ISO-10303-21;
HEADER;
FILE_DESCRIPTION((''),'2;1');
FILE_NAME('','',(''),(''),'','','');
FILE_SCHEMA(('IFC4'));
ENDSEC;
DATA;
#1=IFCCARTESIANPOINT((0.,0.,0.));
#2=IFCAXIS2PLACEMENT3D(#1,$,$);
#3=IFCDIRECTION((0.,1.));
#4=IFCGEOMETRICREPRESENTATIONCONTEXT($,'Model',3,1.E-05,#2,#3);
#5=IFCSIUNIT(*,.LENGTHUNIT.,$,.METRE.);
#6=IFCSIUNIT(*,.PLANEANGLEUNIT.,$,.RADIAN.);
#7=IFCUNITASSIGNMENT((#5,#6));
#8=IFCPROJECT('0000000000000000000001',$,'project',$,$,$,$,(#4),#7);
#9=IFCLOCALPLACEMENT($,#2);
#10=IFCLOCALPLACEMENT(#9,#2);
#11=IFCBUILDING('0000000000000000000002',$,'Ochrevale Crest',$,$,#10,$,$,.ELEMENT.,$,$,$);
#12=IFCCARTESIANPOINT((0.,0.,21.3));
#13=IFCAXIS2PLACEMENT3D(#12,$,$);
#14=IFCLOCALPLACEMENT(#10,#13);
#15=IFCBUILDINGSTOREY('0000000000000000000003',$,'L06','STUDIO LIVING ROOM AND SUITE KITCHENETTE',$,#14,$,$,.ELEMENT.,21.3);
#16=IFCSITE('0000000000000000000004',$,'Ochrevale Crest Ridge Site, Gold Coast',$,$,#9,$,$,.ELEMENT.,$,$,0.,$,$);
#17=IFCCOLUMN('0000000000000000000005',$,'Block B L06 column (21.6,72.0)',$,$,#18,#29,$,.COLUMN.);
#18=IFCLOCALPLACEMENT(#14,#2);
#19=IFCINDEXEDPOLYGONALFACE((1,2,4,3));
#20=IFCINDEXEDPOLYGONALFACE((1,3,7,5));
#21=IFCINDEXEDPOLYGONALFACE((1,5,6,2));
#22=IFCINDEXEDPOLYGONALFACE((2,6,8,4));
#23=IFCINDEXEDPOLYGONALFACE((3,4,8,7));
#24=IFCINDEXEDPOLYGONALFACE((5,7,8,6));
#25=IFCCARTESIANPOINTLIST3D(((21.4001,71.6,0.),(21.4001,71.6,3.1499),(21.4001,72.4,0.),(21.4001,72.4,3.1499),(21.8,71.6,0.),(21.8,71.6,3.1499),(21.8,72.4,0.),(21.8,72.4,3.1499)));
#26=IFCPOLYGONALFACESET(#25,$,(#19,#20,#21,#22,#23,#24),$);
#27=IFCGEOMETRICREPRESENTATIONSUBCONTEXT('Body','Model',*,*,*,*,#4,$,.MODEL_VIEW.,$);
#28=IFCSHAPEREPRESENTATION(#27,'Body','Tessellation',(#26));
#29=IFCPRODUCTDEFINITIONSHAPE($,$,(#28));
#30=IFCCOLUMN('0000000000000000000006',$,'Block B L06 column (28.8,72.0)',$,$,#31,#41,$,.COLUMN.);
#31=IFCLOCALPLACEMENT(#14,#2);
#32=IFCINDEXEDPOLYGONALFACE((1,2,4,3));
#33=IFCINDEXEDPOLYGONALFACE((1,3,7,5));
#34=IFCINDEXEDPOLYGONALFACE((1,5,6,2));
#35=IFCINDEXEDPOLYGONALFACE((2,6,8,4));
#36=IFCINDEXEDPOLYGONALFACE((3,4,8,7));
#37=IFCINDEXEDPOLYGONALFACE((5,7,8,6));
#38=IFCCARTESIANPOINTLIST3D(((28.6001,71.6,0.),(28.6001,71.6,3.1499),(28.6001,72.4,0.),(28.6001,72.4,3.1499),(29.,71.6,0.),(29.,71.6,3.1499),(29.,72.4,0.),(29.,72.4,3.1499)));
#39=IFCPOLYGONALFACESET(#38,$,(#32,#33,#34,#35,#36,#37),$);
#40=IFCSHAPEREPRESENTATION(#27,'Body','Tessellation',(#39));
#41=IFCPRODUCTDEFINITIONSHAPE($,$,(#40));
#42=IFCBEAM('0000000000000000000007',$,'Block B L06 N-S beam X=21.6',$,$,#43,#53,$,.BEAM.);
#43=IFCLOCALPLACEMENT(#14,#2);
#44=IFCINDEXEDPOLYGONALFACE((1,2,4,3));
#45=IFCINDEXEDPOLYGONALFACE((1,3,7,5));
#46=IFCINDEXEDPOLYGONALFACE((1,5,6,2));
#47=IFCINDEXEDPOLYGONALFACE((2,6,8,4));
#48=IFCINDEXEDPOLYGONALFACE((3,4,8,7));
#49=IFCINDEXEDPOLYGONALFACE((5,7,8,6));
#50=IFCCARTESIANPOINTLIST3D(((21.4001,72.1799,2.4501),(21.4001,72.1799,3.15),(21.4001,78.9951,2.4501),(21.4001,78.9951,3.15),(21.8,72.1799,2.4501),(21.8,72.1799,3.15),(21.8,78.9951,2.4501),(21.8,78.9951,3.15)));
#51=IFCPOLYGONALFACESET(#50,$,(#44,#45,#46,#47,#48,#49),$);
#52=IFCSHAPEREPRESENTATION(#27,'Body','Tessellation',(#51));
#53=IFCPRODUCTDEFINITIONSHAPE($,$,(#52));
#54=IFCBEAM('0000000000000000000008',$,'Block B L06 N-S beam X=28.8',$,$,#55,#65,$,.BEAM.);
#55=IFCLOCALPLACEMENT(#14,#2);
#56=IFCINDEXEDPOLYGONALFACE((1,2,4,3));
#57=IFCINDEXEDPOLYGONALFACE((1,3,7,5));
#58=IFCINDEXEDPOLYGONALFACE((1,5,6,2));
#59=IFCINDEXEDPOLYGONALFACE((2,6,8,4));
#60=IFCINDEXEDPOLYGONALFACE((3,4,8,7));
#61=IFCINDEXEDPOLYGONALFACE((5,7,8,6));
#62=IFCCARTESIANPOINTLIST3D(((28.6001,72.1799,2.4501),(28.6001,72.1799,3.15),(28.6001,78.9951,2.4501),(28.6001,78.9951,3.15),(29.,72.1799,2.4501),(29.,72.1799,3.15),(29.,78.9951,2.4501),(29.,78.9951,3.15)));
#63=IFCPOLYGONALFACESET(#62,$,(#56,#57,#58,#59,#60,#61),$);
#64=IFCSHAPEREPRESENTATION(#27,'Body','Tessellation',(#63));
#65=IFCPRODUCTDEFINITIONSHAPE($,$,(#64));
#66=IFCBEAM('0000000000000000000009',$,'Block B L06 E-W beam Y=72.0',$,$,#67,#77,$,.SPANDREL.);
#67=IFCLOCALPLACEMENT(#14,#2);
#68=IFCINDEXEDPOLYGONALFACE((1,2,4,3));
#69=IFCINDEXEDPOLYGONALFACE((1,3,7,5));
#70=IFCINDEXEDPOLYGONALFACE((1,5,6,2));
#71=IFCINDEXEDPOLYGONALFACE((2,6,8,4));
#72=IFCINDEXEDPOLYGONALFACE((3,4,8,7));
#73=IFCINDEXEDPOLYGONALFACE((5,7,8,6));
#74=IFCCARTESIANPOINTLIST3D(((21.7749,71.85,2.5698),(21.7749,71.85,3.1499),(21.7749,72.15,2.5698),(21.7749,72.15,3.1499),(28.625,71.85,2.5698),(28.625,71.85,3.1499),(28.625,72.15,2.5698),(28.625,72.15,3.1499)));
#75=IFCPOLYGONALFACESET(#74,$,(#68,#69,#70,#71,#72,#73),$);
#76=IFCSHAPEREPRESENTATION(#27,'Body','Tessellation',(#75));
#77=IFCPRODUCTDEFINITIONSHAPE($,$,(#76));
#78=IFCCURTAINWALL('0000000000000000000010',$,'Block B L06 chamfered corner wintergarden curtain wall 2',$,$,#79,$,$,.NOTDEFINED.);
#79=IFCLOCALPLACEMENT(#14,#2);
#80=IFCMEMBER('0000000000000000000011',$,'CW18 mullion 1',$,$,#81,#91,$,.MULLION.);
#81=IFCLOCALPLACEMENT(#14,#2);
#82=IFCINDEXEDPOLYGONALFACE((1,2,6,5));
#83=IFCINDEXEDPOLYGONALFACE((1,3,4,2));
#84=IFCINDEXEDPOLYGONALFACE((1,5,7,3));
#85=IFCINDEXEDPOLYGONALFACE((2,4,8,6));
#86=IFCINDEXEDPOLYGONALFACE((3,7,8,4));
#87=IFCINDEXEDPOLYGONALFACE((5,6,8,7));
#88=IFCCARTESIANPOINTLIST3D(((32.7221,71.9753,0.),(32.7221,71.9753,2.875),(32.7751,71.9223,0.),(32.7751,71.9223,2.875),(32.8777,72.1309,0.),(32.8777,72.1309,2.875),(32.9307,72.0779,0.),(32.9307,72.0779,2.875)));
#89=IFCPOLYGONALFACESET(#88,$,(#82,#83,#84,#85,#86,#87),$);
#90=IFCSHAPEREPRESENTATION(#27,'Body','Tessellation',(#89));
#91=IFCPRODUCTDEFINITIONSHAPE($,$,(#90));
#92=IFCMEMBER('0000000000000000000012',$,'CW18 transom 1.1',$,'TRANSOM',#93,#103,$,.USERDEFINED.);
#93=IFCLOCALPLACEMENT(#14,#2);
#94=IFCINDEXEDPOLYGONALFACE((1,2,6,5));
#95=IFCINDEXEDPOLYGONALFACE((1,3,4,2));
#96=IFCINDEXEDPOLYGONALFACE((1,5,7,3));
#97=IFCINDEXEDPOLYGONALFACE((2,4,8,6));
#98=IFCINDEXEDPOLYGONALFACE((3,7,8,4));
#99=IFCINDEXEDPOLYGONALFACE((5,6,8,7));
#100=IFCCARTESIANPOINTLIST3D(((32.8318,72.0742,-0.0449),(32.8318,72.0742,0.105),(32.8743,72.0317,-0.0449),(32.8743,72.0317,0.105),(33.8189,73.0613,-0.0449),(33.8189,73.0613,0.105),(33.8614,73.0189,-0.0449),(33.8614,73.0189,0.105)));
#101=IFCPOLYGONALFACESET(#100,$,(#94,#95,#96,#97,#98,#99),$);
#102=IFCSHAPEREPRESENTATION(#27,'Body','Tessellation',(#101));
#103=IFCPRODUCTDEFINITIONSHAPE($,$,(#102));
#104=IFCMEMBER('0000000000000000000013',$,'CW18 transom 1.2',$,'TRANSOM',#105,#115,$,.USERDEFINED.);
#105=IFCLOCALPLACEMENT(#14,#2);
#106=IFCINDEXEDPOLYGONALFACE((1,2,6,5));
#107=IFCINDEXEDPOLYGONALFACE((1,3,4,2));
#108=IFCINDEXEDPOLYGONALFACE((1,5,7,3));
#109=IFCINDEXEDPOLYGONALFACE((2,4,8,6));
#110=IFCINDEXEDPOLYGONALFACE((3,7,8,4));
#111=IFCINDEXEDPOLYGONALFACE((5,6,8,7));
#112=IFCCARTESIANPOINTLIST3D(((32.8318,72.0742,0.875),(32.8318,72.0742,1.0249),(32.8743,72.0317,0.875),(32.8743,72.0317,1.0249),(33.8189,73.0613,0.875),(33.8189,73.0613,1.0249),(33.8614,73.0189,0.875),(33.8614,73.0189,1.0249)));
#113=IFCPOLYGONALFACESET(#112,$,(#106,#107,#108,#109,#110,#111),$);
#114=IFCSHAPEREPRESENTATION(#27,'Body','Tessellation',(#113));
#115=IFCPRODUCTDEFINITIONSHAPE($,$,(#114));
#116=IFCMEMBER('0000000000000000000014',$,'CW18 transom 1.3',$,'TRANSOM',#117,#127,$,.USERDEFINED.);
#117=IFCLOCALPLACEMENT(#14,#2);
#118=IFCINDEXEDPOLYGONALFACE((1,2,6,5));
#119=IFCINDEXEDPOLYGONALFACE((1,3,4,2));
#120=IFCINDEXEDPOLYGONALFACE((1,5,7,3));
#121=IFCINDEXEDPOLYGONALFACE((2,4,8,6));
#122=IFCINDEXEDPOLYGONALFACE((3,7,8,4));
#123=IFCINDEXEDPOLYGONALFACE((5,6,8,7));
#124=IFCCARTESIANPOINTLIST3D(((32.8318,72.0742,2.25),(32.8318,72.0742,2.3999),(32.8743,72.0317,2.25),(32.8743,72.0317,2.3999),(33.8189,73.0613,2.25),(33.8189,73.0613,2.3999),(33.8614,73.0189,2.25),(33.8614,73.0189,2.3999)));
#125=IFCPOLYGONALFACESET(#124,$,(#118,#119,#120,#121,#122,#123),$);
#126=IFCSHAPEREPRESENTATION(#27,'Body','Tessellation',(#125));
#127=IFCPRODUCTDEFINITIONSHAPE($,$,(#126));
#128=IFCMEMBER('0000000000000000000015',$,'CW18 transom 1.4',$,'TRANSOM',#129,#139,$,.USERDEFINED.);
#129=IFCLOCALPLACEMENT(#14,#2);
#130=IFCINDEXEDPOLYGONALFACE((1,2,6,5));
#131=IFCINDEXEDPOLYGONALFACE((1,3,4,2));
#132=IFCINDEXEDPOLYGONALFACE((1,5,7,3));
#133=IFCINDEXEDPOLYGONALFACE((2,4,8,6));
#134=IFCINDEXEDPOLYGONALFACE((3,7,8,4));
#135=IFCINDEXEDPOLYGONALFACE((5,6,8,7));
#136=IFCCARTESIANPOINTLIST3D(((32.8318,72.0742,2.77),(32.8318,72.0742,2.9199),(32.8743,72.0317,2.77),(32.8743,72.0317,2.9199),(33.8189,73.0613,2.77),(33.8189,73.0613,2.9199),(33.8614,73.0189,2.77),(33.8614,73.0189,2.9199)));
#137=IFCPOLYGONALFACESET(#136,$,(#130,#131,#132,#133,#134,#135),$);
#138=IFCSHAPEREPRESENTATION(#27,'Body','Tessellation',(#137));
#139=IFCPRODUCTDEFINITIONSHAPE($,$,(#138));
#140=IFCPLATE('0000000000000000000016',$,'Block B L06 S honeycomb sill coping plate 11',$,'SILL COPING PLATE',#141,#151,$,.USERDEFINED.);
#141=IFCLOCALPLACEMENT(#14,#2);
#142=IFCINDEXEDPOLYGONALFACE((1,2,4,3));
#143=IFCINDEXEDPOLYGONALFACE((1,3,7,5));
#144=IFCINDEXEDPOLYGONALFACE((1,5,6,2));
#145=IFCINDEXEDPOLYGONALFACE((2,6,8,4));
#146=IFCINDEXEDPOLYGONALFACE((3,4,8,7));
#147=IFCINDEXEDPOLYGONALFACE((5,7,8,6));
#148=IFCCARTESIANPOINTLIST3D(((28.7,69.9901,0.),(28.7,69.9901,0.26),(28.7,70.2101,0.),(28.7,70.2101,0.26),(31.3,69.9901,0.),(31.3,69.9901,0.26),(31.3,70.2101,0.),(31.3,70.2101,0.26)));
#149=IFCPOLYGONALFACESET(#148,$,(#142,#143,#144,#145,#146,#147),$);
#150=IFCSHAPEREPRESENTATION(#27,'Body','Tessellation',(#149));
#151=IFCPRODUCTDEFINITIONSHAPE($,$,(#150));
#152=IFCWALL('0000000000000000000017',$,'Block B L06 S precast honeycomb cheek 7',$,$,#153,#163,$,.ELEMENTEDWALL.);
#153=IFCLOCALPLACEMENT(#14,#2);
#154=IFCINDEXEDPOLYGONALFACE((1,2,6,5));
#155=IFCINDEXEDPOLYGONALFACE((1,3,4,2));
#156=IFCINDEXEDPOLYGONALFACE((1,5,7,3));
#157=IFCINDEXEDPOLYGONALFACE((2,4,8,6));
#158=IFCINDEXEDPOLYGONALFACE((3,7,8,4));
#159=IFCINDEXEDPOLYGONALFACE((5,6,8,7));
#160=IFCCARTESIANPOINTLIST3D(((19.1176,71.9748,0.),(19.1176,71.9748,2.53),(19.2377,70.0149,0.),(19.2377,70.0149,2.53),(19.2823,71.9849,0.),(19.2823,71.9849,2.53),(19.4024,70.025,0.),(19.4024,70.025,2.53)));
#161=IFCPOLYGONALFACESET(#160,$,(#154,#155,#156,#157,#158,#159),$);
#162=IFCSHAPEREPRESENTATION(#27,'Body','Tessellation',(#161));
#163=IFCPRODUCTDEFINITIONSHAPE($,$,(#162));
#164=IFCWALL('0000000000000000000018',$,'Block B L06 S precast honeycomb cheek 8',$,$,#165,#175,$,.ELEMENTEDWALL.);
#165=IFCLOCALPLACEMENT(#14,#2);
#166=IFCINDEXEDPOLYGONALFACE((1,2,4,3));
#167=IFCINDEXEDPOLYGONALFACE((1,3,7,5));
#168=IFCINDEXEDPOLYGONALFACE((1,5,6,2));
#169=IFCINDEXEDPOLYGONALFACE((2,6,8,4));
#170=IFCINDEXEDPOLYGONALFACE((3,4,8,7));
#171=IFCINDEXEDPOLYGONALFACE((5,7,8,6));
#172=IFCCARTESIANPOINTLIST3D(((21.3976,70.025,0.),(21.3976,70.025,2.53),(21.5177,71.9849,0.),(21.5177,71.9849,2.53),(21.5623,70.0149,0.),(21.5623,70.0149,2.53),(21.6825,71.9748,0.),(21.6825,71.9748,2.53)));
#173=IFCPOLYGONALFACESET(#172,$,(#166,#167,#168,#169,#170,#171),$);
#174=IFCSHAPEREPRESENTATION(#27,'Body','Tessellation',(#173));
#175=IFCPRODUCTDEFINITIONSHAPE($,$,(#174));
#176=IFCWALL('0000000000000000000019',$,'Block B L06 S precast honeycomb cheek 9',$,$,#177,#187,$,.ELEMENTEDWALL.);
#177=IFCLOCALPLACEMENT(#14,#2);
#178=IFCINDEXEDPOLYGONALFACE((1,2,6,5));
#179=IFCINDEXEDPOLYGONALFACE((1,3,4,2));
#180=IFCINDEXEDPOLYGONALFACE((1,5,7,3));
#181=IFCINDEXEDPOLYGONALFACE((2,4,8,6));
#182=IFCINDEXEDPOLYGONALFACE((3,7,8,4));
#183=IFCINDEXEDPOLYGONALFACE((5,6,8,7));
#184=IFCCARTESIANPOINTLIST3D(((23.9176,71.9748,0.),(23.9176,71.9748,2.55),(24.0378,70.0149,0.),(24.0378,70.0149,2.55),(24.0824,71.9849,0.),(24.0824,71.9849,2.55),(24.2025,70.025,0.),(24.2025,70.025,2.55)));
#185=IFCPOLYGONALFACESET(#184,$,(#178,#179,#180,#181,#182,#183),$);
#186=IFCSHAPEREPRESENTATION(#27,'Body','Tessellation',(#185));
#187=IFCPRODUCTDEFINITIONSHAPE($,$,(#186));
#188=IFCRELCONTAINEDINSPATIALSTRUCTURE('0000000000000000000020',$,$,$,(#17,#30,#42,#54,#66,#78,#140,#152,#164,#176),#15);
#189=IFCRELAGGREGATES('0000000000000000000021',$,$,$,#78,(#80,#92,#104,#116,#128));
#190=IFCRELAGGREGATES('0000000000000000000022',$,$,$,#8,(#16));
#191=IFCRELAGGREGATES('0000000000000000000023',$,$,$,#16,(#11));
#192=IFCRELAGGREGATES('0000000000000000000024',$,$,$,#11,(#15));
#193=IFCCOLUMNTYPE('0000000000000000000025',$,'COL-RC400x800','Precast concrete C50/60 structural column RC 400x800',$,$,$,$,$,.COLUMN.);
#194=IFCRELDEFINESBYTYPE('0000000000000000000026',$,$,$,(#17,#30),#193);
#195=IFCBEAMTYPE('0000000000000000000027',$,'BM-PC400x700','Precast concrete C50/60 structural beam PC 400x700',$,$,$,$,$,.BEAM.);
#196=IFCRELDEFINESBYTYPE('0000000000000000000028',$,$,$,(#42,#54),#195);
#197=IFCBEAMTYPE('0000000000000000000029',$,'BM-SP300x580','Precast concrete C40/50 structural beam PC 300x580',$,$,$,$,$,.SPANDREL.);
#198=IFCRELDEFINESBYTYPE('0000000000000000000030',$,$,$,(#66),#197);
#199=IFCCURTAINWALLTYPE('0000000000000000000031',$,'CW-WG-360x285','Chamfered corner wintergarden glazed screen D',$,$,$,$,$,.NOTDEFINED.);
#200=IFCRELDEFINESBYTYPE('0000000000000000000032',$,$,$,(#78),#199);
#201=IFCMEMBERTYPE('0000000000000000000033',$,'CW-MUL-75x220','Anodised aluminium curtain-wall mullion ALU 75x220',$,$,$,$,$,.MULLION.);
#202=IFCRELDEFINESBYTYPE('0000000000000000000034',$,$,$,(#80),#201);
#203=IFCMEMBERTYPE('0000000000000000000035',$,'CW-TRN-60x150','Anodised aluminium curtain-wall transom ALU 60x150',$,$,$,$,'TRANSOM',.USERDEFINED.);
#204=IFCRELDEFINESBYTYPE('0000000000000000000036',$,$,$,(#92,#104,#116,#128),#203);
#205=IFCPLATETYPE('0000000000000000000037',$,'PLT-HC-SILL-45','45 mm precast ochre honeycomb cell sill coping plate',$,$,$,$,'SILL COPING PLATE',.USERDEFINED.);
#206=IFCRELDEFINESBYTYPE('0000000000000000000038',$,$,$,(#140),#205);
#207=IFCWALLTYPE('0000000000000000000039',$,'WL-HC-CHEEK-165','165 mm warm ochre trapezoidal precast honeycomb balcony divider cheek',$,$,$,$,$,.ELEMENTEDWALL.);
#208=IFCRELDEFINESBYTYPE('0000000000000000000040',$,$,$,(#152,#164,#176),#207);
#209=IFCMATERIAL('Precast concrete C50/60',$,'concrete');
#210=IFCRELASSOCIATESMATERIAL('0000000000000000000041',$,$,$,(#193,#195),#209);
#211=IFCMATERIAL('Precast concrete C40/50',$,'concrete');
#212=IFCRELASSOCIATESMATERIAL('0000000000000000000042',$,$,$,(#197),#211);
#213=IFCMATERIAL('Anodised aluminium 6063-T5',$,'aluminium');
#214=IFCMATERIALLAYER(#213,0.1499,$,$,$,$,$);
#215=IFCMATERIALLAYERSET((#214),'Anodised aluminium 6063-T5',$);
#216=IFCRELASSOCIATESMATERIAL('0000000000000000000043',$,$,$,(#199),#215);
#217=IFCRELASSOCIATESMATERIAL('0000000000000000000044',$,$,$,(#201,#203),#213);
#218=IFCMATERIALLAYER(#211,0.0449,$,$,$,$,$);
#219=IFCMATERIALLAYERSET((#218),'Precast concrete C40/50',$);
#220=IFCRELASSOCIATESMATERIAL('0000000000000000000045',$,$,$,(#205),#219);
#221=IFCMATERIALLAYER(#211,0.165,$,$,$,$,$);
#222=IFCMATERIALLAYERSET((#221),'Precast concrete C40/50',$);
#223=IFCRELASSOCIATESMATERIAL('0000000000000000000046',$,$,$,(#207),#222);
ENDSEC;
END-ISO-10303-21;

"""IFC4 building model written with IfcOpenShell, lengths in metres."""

from ifc_helpers import new_model, si_unit, direction, frame, frame_2d, origin, origin_2d, place, context, subcontext, project, spatial, rectangle, extrude, material, layer, layer_set, material_profile, profile_set, type_object, element, aggregate, save


model = new_model("IFC4")

# Units and contexts
model_context = context("Model", 3, precision=1e-05, world=origin(), true_north=direction((0.0, 1.0)))
body_context = subcontext(model_context, "Body", "Model", "MODEL_VIEW")
ifc_project = project(units=[si_unit("LENGTHUNIT", "METRE"), si_unit("PLANEANGLEUNIT", "RADIAN")], contexts=[model_context])

# Site, building, storey
site_placement = place(None, origin())
site = spatial("IfcSite", under=ifc_project, at=site_placement, Name="Ochrevale Crest Ridge Site, Gold Coast", CompositionType="ELEMENT", RefElevation=0.0)
building_placement = place(site_placement, origin())
building = spatial("IfcBuilding", under=site, at=building_placement, Name="Ochrevale Crest", CompositionType="ELEMENT")
storey_placement = place(building_placement, frame((0.0, 0.0, 21.3)))
storey = spatial("IfcBuildingStorey", under=building, at=storey_placement, Name="L06", Description="STUDIO LIVING ROOM AND SUITE KITCHENETTE", CompositionType="ELEMENT", Elevation=21.3)

# Columns
ifc_material_1 = material(Name="Precast concrete C50/60", Category="concrete")
ifc_material_profile_1 = material_profile(ifc_material_1, rectangle(XDim=0.3999, YDim=0.8, at=origin_2d()), Name="RC 400x800")
ifc_profile_set_1 = profile_set([ifc_material_profile_1], Name="Precast concrete C50/60")
column_type = type_object("IfcColumnType", Name="COL-RC400x800", Description="Precast concrete C50/60 structural column RC 400x800", PredefinedType="COLUMN", material=ifc_profile_set_1)
for number, where, z_axis, x_axis, name in (
    (1, (21.6001, 72.0, 0.0), (0.0, 0.0, 1.0), (1.0, 0.0, 0.0), "Block B L06 column (21.6,72.0)"),
    (2, (28.8, 72.0, 0.0), (0.0, 0.0, 1.0), (1.0, 0.0, 0.0), "Block B L06 column (28.8,72.0)"),
):
    element("IfcColumn", number, at=place(storey_placement, frame(where, z_axis=z_axis, x_axis=x_axis)), inside=storey, type_object=column_type, Name=name, PredefinedType="COLUMN", context=body_context, shape_type="SweptSolid", body=[
        extrude(rectangle(XDim=0.3999, YDim=0.8, at=origin_2d()), origin(), (0.0, 0.0, 1.0), 3.1499),
    ])

# Beams
ifc_material_profile_2 = material_profile(ifc_material_1, rectangle(XDim=0.3999, YDim=0.7, at=origin_2d()), Name="PC 400x700")
ifc_profile_set_2 = profile_set([ifc_material_profile_2], Name="Precast concrete C50/60")
beam_type_1 = type_object("IfcBeamType", Name="BM-PC400x700", Description="Precast concrete C50/60 structural beam PC 400x700", PredefinedType="BEAM", material=ifc_profile_set_2)
for number, where, z_axis, x_axis, name in (
    (3, (21.6001, 72.1799, 2.8), (0.0, 1.0, 0.0), (-1.0, 0.0, 0.0), "Block B L06 N-S beam X=21.6"),
    (4, (28.8, 72.1799, 2.8), (0.0, 1.0, 0.0), (-1.0, 0.0, 0.0), "Block B L06 N-S beam X=28.8"),
):
    element("IfcBeam", number, at=place(storey_placement, frame(where, z_axis=z_axis, x_axis=x_axis)), inside=storey, type_object=beam_type_1, Name=name, PredefinedType="BEAM", context=body_context, shape_type="SweptSolid", body=[
        extrude(rectangle(XDim=0.3999, YDim=0.7, at=origin_2d()), origin(), (0.0, 0.0, 1.0), 6.8152),
    ])
ifc_material_2 = material(Name="Precast concrete C40/50", Category="concrete")
ifc_material_profile_3 = material_profile(ifc_material_2, rectangle(XDim=0.3, YDim=0.5801, at=origin_2d()), Name="PC 300x580")
ifc_profile_set_3 = profile_set([ifc_material_profile_3], Name="Precast concrete C40/50")
beam_type_2 = type_object("IfcBeamType", Name="BM-SP300x580", Description="Precast concrete C40/50 structural beam PC 300x580", PredefinedType="SPANDREL", material=ifc_profile_set_3)
beam_placement = place(storey_placement, frame((21.7749, 72.0, 2.8599), z_axis=(1.0, 0.0, 0.0), x_axis=(0.0, 1.0, 0.0)))
element("IfcBeam", 5, at=beam_placement, inside=storey, type_object=beam_type_2, Name="Block B L06 E-W beam Y=72.0", PredefinedType="SPANDREL", context=body_context, shape_type="SweptSolid", body=[
    extrude(rectangle(XDim=0.3, YDim=0.5801, at=origin_2d()), origin(), (0.0, 0.0, 1.0), 6.8501),
])

# Curtain wall, members
ifc_material_3 = material(Name="Anodised aluminium 6063-T5", Category="aluminium")
ifc_layer_1 = layer(ifc_material_3, 0.1499)
ifc_layer_set_1 = layer_set([ifc_layer_1], Name="Anodised aluminium 6063-T5")
curtain_wall_type = type_object("IfcCurtainWallType", Name="CW-WG-360x285", Description="Chamfered corner wintergarden glazed screen D", PredefinedType="NOTDEFINED", material=ifc_layer_set_1)
curtain_wall_placement = place(storey_placement, origin())
curtain_wall = element("IfcCurtainWall", 6, at=curtain_wall_placement, inside=storey, type_object=curtain_wall_type, Name="Block B L06 chamfered corner wintergarden curtain wall 2", PredefinedType="NOTDEFINED")
ifc_material_profile_4 = material_profile(ifc_material_3, rectangle(XDim=0.075, YDim=0.22, at=origin_2d()), Name="ALU 75x220")
ifc_profile_set_4 = profile_set([ifc_material_profile_4], Name="Anodised aluminium 6063-T5")
member_type_1 = type_object("IfcMemberType", Name="CW-MUL-75x220", Description="Anodised aluminium curtain-wall mullion ALU 75x220", PredefinedType="MULLION", material=ifc_profile_set_4)
member_1_placement = place(storey_placement, frame((32.8264, 72.0266, 0.0), z_axis=(0.0, 0.0, 1.0), x_axis=(-0.707107, 0.707107, 0.0)))
member_1 = element("IfcMember", 7, at=member_1_placement, type_object=member_type_1, Name="CW18 mullion 1", PredefinedType="MULLION", context=body_context, shape_type="SweptSolid", body=[
    extrude(rectangle(XDim=0.075, YDim=0.22, at=origin_2d()), origin(), (0.0, 0.0, 1.0), 2.875),
])
ifc_material_profile_5 = material_profile(ifc_material_3, rectangle(XDim=0.0601, YDim=0.1499, at=origin_2d()), Name="ALU 60x150")
ifc_profile_set_5 = profile_set([ifc_material_profile_5], Name="Anodised aluminium 6063-T5")
member_type_2 = type_object("IfcMemberType", Name="CW-TRN-60x150", Description="Anodised aluminium curtain-wall transom ALU 60x150", ElementType="TRANSOM", PredefinedType="USERDEFINED", material=ifc_profile_set_5)
member_2_placement = place(storey_placement, frame((32.853, 72.053, 0.03), z_axis=(0.707107, 0.707107, 0.0), x_axis=(-0.707107, 0.707107, 0.0)))
member_2 = element("IfcMember", 8, at=member_2_placement, type_object=member_type_2, Name="CW18 transom 1.1", ObjectType="TRANSOM", PredefinedType="USERDEFINED", context=body_context, shape_type="SweptSolid", body=[
    extrude(rectangle(XDim=0.0601, YDim=0.1499, at=origin_2d()), origin(), (0.0, 0.0, 1.0), 1.396),
])
member_3_placement = place(storey_placement, frame((32.853, 72.053, 0.95), z_axis=(0.707107, 0.707107, 0.0), x_axis=(-0.707107, 0.707107, 0.0)))
member_3 = element("IfcMember", 9, at=member_3_placement, type_object=member_type_2, Name="CW18 transom 1.2", ObjectType="TRANSOM", PredefinedType="USERDEFINED", context=body_context, shape_type="SweptSolid", body=[
    extrude(rectangle(XDim=0.0601, YDim=0.1499, at=origin_2d()), origin(), (0.0, 0.0, 1.0), 1.396),
])
member_4_placement = place(storey_placement, frame((32.853, 72.053, 2.325), z_axis=(0.707107, 0.707107, 0.0), x_axis=(-0.707107, 0.707107, 0.0)))
member_4 = element("IfcMember", 10, at=member_4_placement, type_object=member_type_2, Name="CW18 transom 1.3", ObjectType="TRANSOM", PredefinedType="USERDEFINED", context=body_context, shape_type="SweptSolid", body=[
    extrude(rectangle(XDim=0.0601, YDim=0.1499, at=origin_2d()), origin(), (0.0, 0.0, 1.0), 1.396),
])
member_5_placement = place(storey_placement, frame((32.853, 72.053, 2.845), z_axis=(0.707107, 0.707107, 0.0), x_axis=(-0.707107, 0.707107, 0.0)))
member_5 = element("IfcMember", 11, at=member_5_placement, type_object=member_type_2, Name="CW18 transom 1.4", ObjectType="TRANSOM", PredefinedType="USERDEFINED", context=body_context, shape_type="SweptSolid", body=[
    extrude(rectangle(XDim=0.0601, YDim=0.1499, at=origin_2d()), origin(), (0.0, 0.0, 1.0), 1.396),
])
aggregate(curtain_wall, [member_1, member_2, member_3, member_4, member_5])

# Plate
ifc_layer_2 = layer(ifc_material_2, 0.0449)
ifc_layer_set_2 = layer_set([ifc_layer_2], Name="Precast concrete C40/50")
plate_type = type_object("IfcPlateType", Name="PLT-HC-SILL-45", Description="45 mm precast ochre honeycomb cell sill coping plate", ElementType="SILL COPING PLATE", PredefinedType="USERDEFINED", material=ifc_layer_set_2)
plate_placement = place(storey_placement, frame((30.0, 70.1001, 0.0), z_axis=(0.0, 0.0, 1.0), x_axis=(1.0, 0.0, 0.0)))
element("IfcPlate", 12, at=plate_placement, inside=storey, type_object=plate_type, Name="Block B L06 S honeycomb sill coping plate 11", ObjectType="SILL COPING PLATE", PredefinedType="USERDEFINED", context=body_context, shape_type="SweptSolid", body=[
    extrude(rectangle(XDim=2.6001, YDim=0.22, at=origin_2d()), origin(), (0.0, 0.0, 1.0), 0.26),
])

# Walls
ifc_layer_3 = layer(ifc_material_2, 0.165)
ifc_layer_set_3 = layer_set([ifc_layer_3], Name="Precast concrete C40/50")
wall_type_1 = type_object("IfcWallType", Name="WL-HC-CHEEK-165", Description="165 mm warm ochre trapezoidal precast honeycomb balcony divider cheek", PredefinedType="ELEMENTEDWALL", material=ifc_layer_set_3)
for number, where, z_axis, x_axis, name in (
    (13, (19.2, 71.98, 0.0), (0.0, 0.0, 1.0), (0.061171, -0.998127, 0.0), "Block B L06 S precast honeycomb cheek 7"),
    (14, (21.6001, 71.98, 0.0), (0.0, 0.0, 1.0), (-0.061171, -0.998127, 0.0), "Block B L06 S precast honeycomb cheek 8"),
):
    element("IfcWall", number, at=place(storey_placement, frame(where, z_axis=z_axis, x_axis=x_axis)), inside=storey, type_object=wall_type_1, Name=name, PredefinedType="ELEMENTEDWALL", context=body_context, shape_type="SweptSolid", body=[
        extrude(rectangle(XDim=1.9636, YDim=0.165, at=frame_2d((0.9819, 0.0))), origin(), (0.0, 0.0, 1.0), 2.53),
    ])
for number, where, z_axis, x_axis, name in (
    (15, (24.0, 71.98, 0.0), (0.0, 0.0, 1.0), (0.061171, -0.998127, 0.0), "Block B L06 S precast honeycomb cheek 9"),
):
    element("IfcWall", number, at=place(storey_placement, frame(where, z_axis=z_axis, x_axis=x_axis)), inside=storey, type_object=wall_type_1, Name=name, PredefinedType="ELEMENTEDWALL", context=body_context, shape_type="SweptSolid", body=[
        extrude(rectangle(XDim=1.9636, YDim=0.165, at=frame_2d((0.9819, 0.0))), origin(), (0.0, 0.0, 1.0), 2.55),
    ])

save(model, "model.ifc")
